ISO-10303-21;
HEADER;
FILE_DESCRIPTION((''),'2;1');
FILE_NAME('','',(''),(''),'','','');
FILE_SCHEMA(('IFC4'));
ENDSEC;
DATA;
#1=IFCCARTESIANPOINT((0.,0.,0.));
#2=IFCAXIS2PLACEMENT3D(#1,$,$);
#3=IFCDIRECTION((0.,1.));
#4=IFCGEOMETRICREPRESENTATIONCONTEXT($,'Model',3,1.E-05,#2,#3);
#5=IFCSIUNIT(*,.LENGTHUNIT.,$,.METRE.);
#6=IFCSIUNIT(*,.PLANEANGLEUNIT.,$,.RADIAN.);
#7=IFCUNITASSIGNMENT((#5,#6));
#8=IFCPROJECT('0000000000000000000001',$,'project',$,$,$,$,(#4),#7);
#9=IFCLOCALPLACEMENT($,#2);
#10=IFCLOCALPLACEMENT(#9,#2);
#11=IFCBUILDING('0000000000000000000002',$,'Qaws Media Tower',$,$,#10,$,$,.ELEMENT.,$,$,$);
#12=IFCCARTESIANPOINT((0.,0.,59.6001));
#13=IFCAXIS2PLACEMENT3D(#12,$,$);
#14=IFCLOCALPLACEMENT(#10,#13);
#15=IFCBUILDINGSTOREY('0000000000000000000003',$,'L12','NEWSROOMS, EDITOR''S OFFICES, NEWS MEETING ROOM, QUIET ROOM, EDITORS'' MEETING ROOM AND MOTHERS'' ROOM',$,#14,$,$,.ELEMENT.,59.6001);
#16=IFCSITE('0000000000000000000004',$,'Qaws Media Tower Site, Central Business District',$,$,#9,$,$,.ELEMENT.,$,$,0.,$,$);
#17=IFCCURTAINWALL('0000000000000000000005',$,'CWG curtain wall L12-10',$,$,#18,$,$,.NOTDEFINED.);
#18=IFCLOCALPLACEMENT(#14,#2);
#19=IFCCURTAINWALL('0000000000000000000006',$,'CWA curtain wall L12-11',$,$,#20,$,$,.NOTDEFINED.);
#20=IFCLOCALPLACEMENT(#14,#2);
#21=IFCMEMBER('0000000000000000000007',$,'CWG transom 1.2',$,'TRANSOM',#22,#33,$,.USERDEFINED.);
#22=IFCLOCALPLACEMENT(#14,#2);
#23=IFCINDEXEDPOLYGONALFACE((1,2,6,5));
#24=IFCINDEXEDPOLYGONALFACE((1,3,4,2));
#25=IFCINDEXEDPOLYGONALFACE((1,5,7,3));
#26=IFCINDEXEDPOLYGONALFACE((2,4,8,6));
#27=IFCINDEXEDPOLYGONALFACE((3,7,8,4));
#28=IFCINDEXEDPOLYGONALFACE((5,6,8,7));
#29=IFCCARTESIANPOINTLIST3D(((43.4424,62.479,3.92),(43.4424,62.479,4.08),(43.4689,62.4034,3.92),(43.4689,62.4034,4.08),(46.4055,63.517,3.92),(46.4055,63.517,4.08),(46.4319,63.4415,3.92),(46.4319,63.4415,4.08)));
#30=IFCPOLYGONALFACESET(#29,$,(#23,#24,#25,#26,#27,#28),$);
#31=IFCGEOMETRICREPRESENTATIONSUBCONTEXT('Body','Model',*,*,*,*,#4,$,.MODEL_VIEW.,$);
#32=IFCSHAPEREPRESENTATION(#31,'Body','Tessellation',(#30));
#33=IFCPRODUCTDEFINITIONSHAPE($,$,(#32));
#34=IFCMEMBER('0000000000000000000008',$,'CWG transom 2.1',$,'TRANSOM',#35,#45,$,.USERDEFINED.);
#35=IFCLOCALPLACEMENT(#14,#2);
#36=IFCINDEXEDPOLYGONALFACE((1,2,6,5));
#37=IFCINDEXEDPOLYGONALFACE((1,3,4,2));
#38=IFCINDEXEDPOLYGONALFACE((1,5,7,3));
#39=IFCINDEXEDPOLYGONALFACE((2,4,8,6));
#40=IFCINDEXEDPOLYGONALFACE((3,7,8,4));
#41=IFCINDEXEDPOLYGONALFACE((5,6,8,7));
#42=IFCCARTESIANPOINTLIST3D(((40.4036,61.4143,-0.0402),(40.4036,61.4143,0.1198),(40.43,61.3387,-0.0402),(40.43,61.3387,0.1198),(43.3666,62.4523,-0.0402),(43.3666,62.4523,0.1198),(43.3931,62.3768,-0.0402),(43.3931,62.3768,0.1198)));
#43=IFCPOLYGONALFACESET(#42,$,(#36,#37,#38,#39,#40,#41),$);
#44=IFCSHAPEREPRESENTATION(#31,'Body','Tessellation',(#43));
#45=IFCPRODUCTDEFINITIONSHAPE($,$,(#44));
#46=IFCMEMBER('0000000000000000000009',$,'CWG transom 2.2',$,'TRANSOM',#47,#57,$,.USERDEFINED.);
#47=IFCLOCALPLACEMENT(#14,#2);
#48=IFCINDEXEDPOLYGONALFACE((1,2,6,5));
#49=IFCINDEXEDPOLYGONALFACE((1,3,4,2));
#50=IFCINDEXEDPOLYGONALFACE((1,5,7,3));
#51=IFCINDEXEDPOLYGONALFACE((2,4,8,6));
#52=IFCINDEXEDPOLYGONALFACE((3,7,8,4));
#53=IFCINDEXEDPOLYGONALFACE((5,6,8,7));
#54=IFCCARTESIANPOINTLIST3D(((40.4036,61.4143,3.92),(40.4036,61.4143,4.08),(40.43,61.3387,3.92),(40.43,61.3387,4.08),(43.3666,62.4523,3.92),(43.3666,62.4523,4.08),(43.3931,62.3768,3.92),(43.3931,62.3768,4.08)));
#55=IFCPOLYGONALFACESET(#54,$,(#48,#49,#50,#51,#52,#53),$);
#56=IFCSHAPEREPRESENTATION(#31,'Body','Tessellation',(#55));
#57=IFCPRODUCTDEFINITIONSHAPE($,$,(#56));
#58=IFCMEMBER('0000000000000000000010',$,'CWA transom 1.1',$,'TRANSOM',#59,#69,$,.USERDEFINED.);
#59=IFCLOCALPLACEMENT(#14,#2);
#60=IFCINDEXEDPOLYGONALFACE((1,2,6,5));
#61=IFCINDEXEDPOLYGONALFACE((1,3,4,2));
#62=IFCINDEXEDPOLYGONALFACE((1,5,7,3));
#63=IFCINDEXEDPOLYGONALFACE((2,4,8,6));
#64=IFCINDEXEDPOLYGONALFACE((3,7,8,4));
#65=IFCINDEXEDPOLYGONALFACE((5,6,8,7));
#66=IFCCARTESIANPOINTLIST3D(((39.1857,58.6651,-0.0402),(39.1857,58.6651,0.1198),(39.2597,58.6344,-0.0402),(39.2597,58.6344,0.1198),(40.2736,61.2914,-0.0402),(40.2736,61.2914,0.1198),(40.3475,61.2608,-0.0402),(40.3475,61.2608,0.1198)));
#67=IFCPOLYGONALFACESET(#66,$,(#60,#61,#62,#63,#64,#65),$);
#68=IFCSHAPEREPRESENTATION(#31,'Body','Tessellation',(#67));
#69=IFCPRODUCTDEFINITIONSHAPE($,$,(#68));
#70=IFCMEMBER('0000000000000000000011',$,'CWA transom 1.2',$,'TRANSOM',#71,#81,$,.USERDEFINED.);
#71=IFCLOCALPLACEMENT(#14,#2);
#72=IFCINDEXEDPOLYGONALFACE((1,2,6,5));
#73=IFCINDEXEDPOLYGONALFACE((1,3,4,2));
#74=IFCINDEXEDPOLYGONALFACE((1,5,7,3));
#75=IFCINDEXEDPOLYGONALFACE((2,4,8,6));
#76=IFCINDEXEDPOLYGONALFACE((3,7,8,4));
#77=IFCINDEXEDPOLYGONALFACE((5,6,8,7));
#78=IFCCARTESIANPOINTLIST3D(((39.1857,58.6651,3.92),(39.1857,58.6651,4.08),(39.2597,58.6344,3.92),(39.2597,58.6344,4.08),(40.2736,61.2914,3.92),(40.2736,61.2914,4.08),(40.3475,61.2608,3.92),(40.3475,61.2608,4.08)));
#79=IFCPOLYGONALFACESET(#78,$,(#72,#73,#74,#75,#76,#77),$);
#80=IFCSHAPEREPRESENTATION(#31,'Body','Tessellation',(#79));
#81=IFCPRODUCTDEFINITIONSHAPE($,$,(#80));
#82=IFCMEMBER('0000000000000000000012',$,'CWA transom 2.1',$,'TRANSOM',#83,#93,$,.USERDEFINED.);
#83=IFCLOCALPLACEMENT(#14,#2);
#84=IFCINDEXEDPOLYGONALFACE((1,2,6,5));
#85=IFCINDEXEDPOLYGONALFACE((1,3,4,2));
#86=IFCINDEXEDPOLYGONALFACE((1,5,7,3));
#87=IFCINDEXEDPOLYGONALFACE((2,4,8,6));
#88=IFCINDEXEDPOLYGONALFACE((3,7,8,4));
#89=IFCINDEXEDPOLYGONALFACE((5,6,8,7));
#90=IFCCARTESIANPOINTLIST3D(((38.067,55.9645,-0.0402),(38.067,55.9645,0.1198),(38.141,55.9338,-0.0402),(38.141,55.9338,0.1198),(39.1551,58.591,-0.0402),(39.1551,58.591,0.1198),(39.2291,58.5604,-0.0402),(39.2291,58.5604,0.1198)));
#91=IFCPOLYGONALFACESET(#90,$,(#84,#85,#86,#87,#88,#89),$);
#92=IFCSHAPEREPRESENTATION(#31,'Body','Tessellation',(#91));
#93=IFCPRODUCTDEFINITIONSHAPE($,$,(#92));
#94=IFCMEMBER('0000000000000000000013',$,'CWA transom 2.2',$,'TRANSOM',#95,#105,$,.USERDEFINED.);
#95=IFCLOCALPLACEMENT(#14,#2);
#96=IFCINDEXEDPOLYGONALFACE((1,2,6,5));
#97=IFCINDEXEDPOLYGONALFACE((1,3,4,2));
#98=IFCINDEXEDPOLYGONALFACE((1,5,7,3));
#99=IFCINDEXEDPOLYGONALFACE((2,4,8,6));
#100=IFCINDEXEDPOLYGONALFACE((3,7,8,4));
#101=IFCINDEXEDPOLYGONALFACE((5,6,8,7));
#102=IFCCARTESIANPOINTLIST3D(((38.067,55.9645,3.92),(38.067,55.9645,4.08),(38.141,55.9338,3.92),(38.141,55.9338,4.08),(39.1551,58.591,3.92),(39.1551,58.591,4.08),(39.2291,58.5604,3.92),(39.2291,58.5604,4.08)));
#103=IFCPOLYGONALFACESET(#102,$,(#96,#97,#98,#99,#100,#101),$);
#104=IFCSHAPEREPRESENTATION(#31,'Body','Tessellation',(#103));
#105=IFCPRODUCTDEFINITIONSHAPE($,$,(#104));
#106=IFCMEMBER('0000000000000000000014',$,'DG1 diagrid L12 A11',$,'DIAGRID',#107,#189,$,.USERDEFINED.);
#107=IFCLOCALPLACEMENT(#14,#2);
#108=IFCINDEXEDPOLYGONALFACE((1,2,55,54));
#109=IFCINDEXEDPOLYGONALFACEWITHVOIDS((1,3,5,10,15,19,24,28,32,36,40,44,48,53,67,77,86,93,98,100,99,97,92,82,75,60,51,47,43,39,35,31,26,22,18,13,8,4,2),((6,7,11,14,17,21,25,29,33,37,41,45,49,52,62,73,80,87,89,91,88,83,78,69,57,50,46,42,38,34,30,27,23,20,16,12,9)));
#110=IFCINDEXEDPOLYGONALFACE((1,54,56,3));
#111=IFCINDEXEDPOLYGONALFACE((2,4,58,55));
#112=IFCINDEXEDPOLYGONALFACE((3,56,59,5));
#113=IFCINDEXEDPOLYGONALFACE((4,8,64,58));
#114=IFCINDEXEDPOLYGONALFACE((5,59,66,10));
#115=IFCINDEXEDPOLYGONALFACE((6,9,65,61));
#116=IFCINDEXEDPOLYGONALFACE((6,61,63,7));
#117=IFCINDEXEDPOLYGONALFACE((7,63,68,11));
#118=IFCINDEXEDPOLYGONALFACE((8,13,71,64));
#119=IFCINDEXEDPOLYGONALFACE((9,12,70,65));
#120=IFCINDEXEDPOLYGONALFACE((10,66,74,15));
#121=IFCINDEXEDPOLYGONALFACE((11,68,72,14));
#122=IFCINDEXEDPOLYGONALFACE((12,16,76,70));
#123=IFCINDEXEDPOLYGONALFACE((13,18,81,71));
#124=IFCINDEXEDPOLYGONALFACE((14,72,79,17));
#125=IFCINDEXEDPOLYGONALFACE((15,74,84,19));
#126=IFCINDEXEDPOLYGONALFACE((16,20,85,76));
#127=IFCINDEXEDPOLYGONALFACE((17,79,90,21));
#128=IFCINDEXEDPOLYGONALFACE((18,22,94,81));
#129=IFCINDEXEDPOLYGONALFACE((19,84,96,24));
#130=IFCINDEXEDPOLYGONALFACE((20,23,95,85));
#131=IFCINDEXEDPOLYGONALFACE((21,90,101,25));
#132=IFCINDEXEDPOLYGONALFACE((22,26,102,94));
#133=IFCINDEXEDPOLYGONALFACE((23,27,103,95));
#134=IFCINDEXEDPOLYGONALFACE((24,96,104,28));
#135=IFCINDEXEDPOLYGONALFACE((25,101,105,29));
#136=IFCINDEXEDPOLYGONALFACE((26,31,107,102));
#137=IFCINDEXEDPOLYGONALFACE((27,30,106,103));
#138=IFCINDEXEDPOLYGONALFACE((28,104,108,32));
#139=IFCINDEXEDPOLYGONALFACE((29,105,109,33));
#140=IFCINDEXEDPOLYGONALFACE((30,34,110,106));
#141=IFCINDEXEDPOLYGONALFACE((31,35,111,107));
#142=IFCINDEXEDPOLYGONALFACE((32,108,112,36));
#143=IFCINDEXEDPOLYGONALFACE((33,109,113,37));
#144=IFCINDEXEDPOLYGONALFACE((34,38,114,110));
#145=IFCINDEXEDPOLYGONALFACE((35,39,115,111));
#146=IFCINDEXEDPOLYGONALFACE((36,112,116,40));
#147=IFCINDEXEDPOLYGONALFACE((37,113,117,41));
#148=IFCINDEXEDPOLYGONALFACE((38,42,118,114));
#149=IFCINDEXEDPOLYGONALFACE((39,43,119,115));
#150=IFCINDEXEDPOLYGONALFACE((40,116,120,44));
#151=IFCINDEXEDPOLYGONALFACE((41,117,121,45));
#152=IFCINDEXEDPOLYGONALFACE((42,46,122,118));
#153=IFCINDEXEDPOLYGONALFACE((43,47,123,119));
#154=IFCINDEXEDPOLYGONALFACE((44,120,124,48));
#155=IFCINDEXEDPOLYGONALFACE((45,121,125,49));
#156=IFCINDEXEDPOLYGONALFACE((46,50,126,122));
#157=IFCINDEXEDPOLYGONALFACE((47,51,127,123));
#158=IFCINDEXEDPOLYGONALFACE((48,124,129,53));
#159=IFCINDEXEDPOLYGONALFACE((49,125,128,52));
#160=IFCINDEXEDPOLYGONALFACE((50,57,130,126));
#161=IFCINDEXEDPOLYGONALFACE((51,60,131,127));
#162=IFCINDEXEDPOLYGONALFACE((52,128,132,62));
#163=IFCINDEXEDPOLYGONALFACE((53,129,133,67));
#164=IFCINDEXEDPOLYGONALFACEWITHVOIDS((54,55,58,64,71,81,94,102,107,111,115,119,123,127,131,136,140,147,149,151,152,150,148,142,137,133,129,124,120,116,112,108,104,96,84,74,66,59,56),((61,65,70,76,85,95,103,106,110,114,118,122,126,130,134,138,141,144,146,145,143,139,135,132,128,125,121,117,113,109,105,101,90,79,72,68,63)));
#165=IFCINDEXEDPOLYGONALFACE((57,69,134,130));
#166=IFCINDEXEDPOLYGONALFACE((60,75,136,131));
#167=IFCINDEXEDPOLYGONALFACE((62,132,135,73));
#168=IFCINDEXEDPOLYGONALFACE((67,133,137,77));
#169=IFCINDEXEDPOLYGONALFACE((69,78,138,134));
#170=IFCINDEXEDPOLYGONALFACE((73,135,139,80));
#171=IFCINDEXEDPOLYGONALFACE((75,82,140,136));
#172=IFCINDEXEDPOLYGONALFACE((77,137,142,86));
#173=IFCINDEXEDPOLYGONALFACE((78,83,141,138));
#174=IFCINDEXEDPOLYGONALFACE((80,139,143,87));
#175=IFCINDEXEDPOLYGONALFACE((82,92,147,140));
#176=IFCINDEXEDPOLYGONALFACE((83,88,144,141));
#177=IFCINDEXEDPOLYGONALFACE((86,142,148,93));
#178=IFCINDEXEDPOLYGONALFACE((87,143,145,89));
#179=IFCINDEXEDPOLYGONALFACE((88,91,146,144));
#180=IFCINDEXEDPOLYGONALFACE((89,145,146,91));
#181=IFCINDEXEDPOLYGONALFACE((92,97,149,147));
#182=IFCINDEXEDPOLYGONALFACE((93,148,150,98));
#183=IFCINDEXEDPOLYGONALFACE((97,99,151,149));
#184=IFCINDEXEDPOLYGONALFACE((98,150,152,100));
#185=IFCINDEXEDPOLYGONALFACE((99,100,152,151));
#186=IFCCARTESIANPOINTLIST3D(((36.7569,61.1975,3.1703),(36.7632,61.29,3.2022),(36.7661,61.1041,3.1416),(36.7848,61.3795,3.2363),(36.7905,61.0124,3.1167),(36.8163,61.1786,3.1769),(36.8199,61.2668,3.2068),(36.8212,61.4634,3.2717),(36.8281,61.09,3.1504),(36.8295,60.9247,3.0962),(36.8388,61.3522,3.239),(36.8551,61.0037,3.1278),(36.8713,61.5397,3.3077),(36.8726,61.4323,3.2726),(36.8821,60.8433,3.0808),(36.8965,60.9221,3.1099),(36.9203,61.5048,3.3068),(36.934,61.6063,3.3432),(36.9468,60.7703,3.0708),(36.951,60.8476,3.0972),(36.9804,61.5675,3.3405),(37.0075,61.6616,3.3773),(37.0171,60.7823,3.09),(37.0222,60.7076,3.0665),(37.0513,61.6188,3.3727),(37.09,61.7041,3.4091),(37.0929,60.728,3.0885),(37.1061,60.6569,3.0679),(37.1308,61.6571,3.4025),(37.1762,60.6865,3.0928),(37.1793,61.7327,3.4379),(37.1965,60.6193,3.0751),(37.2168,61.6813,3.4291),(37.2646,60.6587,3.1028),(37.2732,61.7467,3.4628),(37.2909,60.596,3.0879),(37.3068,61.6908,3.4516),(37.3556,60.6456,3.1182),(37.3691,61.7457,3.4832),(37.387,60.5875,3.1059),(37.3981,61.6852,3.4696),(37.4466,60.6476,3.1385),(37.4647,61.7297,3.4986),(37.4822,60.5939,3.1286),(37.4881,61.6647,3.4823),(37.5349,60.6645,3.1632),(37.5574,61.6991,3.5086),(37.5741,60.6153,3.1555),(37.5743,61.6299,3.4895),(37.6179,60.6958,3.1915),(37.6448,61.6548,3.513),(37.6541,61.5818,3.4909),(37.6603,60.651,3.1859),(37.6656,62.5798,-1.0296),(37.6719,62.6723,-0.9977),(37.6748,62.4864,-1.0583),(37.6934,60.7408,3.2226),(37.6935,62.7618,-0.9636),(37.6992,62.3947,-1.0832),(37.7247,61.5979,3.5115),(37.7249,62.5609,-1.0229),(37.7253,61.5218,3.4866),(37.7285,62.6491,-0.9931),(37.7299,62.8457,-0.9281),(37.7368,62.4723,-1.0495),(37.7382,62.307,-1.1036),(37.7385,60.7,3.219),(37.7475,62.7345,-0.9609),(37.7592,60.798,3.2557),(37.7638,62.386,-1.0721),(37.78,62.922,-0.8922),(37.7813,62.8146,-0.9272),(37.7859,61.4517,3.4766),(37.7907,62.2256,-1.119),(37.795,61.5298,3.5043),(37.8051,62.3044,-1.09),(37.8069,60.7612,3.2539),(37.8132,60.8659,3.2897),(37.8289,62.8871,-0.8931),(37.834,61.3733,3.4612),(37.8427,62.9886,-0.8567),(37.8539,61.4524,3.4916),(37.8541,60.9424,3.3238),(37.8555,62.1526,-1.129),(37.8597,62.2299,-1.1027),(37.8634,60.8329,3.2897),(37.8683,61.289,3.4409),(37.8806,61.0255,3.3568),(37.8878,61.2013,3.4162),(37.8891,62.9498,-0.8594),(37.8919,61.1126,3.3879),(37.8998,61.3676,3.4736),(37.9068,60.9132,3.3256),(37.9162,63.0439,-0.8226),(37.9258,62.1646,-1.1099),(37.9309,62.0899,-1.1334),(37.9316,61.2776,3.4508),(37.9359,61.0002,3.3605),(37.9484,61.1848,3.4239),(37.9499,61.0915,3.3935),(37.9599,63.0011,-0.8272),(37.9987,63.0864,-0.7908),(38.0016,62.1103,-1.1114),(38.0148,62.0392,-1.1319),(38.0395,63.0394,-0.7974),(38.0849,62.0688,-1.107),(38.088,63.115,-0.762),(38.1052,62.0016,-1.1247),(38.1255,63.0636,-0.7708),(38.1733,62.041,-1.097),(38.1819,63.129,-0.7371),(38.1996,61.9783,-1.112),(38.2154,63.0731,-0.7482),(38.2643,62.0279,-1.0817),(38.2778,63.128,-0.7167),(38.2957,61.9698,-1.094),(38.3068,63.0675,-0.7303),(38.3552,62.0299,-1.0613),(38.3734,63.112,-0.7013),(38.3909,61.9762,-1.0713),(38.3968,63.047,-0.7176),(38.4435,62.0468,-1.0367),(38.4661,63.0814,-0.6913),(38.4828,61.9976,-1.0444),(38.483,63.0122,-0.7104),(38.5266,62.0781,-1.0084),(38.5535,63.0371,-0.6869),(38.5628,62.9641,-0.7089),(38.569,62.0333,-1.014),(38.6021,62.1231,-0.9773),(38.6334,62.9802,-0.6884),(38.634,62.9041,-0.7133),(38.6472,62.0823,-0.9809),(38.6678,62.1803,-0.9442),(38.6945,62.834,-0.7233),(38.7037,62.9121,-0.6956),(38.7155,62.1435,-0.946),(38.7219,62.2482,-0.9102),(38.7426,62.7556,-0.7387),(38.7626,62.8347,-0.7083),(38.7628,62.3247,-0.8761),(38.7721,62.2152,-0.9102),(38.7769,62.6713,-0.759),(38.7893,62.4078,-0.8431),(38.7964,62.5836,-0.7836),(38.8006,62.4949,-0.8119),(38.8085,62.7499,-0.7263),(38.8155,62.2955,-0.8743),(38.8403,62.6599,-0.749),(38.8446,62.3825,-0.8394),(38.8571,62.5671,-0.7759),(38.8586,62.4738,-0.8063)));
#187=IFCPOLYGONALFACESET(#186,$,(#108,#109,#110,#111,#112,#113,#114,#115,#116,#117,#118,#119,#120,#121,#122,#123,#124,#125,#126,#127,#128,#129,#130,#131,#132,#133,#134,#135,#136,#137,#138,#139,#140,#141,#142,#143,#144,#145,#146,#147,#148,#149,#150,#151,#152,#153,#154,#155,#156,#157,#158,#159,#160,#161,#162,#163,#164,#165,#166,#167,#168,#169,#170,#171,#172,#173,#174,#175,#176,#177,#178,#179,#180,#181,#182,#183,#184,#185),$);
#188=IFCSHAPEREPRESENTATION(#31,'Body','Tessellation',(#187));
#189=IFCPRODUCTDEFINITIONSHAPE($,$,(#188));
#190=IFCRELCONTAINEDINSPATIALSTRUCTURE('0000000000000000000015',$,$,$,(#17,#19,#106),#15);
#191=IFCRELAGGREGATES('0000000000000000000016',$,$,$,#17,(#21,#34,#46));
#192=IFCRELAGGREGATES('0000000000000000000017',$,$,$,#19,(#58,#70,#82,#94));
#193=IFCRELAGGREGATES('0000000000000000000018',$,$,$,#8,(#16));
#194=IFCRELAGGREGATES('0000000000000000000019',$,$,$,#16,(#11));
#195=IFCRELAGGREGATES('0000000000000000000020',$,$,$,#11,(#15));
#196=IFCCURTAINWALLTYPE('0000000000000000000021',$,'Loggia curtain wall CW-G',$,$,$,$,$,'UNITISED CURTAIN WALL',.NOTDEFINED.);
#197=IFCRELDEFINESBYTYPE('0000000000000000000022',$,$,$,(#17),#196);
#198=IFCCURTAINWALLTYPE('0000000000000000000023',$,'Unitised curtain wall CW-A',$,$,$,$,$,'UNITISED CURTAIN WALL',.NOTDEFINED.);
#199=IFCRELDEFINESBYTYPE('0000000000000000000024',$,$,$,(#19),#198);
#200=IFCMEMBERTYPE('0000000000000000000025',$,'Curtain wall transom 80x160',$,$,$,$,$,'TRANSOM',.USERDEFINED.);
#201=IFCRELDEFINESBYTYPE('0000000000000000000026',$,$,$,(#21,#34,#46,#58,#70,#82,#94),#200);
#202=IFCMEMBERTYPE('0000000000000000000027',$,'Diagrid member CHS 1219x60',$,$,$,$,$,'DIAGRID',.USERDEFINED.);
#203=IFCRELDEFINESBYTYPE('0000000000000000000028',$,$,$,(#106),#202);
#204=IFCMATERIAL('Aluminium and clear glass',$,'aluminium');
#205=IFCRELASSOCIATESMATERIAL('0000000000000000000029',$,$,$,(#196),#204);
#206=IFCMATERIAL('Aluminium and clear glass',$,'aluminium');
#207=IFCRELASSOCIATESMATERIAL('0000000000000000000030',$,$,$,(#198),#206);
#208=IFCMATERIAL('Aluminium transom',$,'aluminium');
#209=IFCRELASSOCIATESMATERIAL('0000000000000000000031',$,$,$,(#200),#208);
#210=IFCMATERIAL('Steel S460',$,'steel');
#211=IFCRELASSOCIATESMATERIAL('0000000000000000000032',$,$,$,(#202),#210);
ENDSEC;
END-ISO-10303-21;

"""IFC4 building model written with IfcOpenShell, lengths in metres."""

from ifc_helpers import new_model, si_unit, direction, frame, origin, origin_2d, place, context, subcontext, project, spatial, rectangle, hollow_circle, extrude, material, material_profile, profile_set, type_object, element, aggregate, save


model = new_model("IFC4")

# Units and contexts
model_context = context("Model", 3, precision=1e-05, world=origin(), true_north=direction((0.0, 1.0)))
body_context = subcontext(model_context, "Body", "Model", "MODEL_VIEW")
ifc_project = project(units=[si_unit("LENGTHUNIT", "METRE"), si_unit("PLANEANGLEUNIT", "RADIAN")], contexts=[model_context])

# Site, building, storey
site_placement = place(None, origin())
site = spatial("IfcSite", under=ifc_project, at=site_placement, Name="Qaws Media Tower Site, Central Business District", CompositionType="ELEMENT", RefElevation=0.0)
building_placement = place(site_placement, origin())
building = spatial("IfcBuilding", under=site, at=building_placement, Name="Qaws Media Tower", CompositionType="ELEMENT")
storey_placement = place(building_placement, frame((0.0, 0.0, 59.6001)))
storey = spatial("IfcBuildingStorey", under=building, at=storey_placement, Name="L12", Description="NEWSROOMS, EDITOR'S OFFICES, NEWS MEETING ROOM, QUIET ROOM, EDITORS' MEETING ROOM AND MOTHERS' ROOM", CompositionType="ELEMENT", Elevation=59.6001)

# Shared definitions
ifc_material_1 = material(Name="Aluminium and clear glass", Category="aluminium")
curtain_wall_type_1 = type_object("IfcCurtainWallType", Name="Loggia curtain wall CW-G", ElementType="UNITISED CURTAIN WALL", PredefinedType="NOTDEFINED", material=ifc_material_1)

# Curtain walls
curtain_wall_1_placement = place(storey_placement, origin())
curtain_wall_1 = element("IfcCurtainWall", 1, at=curtain_wall_1_placement, inside=storey, type_object=curtain_wall_type_1, Name="CWG curtain wall L12-10", PredefinedType="NOTDEFINED")
ifc_material_2 = material(Name="Aluminium and clear glass", Category="aluminium")
curtain_wall_type_2 = type_object("IfcCurtainWallType", Name="Unitised curtain wall CW-A", ElementType="UNITISED CURTAIN WALL", PredefinedType="NOTDEFINED", material=ifc_material_2)
curtain_wall_2_placement = place(storey_placement, origin())
curtain_wall_2 = element("IfcCurtainWall", 2, at=curtain_wall_2_placement, inside=storey, type_object=curtain_wall_type_2, Name="CWA curtain wall L12-11", PredefinedType="NOTDEFINED")

# Members
ifc_material_3 = material(Name="Aluminium transom", Category="aluminium")
ifc_material_profile_1 = material_profile(ifc_material_3, rectangle(XDim=0.0801, YDim=0.1599, at=origin_2d()), Name="80x160")
ifc_profile_set_1 = profile_set([ifc_material_profile_1], Name="Aluminium transom")
member_type_1 = type_object("IfcMemberType", Name="Curtain wall transom 80x160", ElementType="TRANSOM", PredefinedType="USERDEFINED", material=ifc_profile_set_1)
member_1_placement = place(storey_placement, frame((46.4187, 63.4792, 4.0), z_axis=(-0.94376, -0.330631, 0.0), x_axis=(0.330631, -0.94376, 0.0)))
member_1 = element("IfcMember", 3, at=member_1_placement, type_object=member_type_1, Name="CWG transom 1.2", ObjectType="TRANSOM", PredefinedType="USERDEFINED", context=body_context, shape_type="SweptSolid", body=[
    extrude(rectangle(XDim=0.0801, YDim=0.1599, at=origin_2d()), origin(), (0.0, 0.0, 1.0), 3.1396),
])
member_2_placement = place(storey_placement, frame((43.3799, 62.4146, 0.0398), z_axis=(-0.94376, -0.330631, 0.0), x_axis=(0.330631, -0.94376, 0.0)))
member_2 = element("IfcMember", 4, at=member_2_placement, type_object=member_type_1, Name="CWG transom 2.1", ObjectType="TRANSOM", PredefinedType="USERDEFINED", context=body_context, shape_type="SweptSolid", body=[
    extrude(rectangle(XDim=0.0801, YDim=0.1599, at=origin_2d()), origin(), (0.0, 0.0, 1.0), 3.1396),
])
member_3_placement = place(storey_placement, frame((43.3799, 62.4146, 4.0), z_axis=(-0.94376, -0.330631, 0.0), x_axis=(0.330631, -0.94376, 0.0)))
member_3 = element("IfcMember", 5, at=member_3_placement, type_object=member_type_1, Name="CWG transom 2.2", ObjectType="TRANSOM", PredefinedType="USERDEFINED", context=body_context, shape_type="SweptSolid", body=[
    extrude(rectangle(XDim=0.0801, YDim=0.1599, at=origin_2d()), origin(), (0.0, 0.0, 1.0), 3.1396),
])
member_4_placement = place(storey_placement, frame((40.3105, 61.2761, 0.0398), z_axis=(-0.382675, -0.923883, 0.0), x_axis=(0.923883, -0.382675, 0.0)))
member_4 = element("IfcMember", 6, at=member_4_placement, type_object=member_type_1, Name="CWA transom 1.1", ObjectType="TRANSOM", PredefinedType="USERDEFINED", context=body_context, shape_type="SweptSolid", body=[
    extrude(rectangle(XDim=0.0801, YDim=0.1599, at=origin_2d()), origin(), (0.0, 0.0, 1.0), 2.8428),
])
member_5_placement = place(storey_placement, frame((40.3105, 61.2761, 4.0), z_axis=(-0.382675, -0.923883, 0.0), x_axis=(0.923883, -0.382675, 0.0)))
member_5 = element("IfcMember", 7, at=member_5_placement, type_object=member_type_1, Name="CWA transom 1.2", ObjectType="TRANSOM", PredefinedType="USERDEFINED", context=body_context, shape_type="SweptSolid", body=[
    extrude(rectangle(XDim=0.0801, YDim=0.1599, at=origin_2d()), origin(), (0.0, 0.0, 1.0), 2.8428),
])
member_6_placement = place(storey_placement, frame((39.1921, 58.5757, 0.0398), z_axis=(-0.382749, -0.923852, 0.0), x_axis=(0.923852, -0.382749, 0.0)))
member_6 = element("IfcMember", 8, at=member_6_placement, type_object=member_type_1, Name="CWA transom 2.1", ObjectType="TRANSOM", PredefinedType="USERDEFINED", context=body_context, shape_type="SweptSolid", body=[
    extrude(rectangle(XDim=0.0801, YDim=0.1599, at=origin_2d()), origin(), (0.0, 0.0, 1.0), 2.843),
])
member_7_placement = place(storey_placement, frame((39.1921, 58.5757, 4.0), z_axis=(-0.382749, -0.923852, 0.0), x_axis=(0.923852, -0.382749, 0.0)))
member_7 = element("IfcMember", 9, at=member_7_placement, type_object=member_type_1, Name="CWA transom 2.2", ObjectType="TRANSOM", PredefinedType="USERDEFINED", context=body_context, shape_type="SweptSolid", body=[
    extrude(rectangle(XDim=0.0801, YDim=0.1599, at=origin_2d()), origin(), (0.0, 0.0, 1.0), 2.843),
])

# Member
ifc_material_4 = material(Name="Steel S460", Category="steel")
ifc_material_profile_2 = material_profile(ifc_material_4, hollow_circle(Radius=0.6096, WallThickness=0.0601, at=origin_2d()), Name="CHS 1219x60")
ifc_profile_set_2 = profile_set([ifc_material_profile_2], Name="Steel S460")
member_type_2 = type_object("IfcMemberType", Name="Diagrid member CHS 1219x60", ElementType="DIAGRID", PredefinedType="USERDEFINED", material=ifc_profile_set_2)
for number, where, z_axis, x_axis, name in (
    (10, (38.2627, 62.55, -0.9102), (-0.201305, -0.306231, 0.930429), (0.83562, -0.549307, 0.0), "DG1 diagrid L12 A11"),
):
    element("IfcMember", number, at=place(storey_placement, frame(where, z_axis=z_axis, x_axis=x_axis)), inside=storey, type_object=member_type_2, Name=name, ObjectType="DIAGRID", PredefinedType="USERDEFINED", context=body_context, shape_type="SweptSolid", body=[
        extrude(hollow_circle(Radius=0.6096, WallThickness=0.0601, at=origin_2d()), origin(), (0.0, 0.0, 1.0), 4.5139),
    ])

aggregate(curtain_wall_1, [member_1, member_2, member_3])
aggregate(curtain_wall_2, [member_4, member_5, member_6, member_7])

save(model, "model.ifc")
